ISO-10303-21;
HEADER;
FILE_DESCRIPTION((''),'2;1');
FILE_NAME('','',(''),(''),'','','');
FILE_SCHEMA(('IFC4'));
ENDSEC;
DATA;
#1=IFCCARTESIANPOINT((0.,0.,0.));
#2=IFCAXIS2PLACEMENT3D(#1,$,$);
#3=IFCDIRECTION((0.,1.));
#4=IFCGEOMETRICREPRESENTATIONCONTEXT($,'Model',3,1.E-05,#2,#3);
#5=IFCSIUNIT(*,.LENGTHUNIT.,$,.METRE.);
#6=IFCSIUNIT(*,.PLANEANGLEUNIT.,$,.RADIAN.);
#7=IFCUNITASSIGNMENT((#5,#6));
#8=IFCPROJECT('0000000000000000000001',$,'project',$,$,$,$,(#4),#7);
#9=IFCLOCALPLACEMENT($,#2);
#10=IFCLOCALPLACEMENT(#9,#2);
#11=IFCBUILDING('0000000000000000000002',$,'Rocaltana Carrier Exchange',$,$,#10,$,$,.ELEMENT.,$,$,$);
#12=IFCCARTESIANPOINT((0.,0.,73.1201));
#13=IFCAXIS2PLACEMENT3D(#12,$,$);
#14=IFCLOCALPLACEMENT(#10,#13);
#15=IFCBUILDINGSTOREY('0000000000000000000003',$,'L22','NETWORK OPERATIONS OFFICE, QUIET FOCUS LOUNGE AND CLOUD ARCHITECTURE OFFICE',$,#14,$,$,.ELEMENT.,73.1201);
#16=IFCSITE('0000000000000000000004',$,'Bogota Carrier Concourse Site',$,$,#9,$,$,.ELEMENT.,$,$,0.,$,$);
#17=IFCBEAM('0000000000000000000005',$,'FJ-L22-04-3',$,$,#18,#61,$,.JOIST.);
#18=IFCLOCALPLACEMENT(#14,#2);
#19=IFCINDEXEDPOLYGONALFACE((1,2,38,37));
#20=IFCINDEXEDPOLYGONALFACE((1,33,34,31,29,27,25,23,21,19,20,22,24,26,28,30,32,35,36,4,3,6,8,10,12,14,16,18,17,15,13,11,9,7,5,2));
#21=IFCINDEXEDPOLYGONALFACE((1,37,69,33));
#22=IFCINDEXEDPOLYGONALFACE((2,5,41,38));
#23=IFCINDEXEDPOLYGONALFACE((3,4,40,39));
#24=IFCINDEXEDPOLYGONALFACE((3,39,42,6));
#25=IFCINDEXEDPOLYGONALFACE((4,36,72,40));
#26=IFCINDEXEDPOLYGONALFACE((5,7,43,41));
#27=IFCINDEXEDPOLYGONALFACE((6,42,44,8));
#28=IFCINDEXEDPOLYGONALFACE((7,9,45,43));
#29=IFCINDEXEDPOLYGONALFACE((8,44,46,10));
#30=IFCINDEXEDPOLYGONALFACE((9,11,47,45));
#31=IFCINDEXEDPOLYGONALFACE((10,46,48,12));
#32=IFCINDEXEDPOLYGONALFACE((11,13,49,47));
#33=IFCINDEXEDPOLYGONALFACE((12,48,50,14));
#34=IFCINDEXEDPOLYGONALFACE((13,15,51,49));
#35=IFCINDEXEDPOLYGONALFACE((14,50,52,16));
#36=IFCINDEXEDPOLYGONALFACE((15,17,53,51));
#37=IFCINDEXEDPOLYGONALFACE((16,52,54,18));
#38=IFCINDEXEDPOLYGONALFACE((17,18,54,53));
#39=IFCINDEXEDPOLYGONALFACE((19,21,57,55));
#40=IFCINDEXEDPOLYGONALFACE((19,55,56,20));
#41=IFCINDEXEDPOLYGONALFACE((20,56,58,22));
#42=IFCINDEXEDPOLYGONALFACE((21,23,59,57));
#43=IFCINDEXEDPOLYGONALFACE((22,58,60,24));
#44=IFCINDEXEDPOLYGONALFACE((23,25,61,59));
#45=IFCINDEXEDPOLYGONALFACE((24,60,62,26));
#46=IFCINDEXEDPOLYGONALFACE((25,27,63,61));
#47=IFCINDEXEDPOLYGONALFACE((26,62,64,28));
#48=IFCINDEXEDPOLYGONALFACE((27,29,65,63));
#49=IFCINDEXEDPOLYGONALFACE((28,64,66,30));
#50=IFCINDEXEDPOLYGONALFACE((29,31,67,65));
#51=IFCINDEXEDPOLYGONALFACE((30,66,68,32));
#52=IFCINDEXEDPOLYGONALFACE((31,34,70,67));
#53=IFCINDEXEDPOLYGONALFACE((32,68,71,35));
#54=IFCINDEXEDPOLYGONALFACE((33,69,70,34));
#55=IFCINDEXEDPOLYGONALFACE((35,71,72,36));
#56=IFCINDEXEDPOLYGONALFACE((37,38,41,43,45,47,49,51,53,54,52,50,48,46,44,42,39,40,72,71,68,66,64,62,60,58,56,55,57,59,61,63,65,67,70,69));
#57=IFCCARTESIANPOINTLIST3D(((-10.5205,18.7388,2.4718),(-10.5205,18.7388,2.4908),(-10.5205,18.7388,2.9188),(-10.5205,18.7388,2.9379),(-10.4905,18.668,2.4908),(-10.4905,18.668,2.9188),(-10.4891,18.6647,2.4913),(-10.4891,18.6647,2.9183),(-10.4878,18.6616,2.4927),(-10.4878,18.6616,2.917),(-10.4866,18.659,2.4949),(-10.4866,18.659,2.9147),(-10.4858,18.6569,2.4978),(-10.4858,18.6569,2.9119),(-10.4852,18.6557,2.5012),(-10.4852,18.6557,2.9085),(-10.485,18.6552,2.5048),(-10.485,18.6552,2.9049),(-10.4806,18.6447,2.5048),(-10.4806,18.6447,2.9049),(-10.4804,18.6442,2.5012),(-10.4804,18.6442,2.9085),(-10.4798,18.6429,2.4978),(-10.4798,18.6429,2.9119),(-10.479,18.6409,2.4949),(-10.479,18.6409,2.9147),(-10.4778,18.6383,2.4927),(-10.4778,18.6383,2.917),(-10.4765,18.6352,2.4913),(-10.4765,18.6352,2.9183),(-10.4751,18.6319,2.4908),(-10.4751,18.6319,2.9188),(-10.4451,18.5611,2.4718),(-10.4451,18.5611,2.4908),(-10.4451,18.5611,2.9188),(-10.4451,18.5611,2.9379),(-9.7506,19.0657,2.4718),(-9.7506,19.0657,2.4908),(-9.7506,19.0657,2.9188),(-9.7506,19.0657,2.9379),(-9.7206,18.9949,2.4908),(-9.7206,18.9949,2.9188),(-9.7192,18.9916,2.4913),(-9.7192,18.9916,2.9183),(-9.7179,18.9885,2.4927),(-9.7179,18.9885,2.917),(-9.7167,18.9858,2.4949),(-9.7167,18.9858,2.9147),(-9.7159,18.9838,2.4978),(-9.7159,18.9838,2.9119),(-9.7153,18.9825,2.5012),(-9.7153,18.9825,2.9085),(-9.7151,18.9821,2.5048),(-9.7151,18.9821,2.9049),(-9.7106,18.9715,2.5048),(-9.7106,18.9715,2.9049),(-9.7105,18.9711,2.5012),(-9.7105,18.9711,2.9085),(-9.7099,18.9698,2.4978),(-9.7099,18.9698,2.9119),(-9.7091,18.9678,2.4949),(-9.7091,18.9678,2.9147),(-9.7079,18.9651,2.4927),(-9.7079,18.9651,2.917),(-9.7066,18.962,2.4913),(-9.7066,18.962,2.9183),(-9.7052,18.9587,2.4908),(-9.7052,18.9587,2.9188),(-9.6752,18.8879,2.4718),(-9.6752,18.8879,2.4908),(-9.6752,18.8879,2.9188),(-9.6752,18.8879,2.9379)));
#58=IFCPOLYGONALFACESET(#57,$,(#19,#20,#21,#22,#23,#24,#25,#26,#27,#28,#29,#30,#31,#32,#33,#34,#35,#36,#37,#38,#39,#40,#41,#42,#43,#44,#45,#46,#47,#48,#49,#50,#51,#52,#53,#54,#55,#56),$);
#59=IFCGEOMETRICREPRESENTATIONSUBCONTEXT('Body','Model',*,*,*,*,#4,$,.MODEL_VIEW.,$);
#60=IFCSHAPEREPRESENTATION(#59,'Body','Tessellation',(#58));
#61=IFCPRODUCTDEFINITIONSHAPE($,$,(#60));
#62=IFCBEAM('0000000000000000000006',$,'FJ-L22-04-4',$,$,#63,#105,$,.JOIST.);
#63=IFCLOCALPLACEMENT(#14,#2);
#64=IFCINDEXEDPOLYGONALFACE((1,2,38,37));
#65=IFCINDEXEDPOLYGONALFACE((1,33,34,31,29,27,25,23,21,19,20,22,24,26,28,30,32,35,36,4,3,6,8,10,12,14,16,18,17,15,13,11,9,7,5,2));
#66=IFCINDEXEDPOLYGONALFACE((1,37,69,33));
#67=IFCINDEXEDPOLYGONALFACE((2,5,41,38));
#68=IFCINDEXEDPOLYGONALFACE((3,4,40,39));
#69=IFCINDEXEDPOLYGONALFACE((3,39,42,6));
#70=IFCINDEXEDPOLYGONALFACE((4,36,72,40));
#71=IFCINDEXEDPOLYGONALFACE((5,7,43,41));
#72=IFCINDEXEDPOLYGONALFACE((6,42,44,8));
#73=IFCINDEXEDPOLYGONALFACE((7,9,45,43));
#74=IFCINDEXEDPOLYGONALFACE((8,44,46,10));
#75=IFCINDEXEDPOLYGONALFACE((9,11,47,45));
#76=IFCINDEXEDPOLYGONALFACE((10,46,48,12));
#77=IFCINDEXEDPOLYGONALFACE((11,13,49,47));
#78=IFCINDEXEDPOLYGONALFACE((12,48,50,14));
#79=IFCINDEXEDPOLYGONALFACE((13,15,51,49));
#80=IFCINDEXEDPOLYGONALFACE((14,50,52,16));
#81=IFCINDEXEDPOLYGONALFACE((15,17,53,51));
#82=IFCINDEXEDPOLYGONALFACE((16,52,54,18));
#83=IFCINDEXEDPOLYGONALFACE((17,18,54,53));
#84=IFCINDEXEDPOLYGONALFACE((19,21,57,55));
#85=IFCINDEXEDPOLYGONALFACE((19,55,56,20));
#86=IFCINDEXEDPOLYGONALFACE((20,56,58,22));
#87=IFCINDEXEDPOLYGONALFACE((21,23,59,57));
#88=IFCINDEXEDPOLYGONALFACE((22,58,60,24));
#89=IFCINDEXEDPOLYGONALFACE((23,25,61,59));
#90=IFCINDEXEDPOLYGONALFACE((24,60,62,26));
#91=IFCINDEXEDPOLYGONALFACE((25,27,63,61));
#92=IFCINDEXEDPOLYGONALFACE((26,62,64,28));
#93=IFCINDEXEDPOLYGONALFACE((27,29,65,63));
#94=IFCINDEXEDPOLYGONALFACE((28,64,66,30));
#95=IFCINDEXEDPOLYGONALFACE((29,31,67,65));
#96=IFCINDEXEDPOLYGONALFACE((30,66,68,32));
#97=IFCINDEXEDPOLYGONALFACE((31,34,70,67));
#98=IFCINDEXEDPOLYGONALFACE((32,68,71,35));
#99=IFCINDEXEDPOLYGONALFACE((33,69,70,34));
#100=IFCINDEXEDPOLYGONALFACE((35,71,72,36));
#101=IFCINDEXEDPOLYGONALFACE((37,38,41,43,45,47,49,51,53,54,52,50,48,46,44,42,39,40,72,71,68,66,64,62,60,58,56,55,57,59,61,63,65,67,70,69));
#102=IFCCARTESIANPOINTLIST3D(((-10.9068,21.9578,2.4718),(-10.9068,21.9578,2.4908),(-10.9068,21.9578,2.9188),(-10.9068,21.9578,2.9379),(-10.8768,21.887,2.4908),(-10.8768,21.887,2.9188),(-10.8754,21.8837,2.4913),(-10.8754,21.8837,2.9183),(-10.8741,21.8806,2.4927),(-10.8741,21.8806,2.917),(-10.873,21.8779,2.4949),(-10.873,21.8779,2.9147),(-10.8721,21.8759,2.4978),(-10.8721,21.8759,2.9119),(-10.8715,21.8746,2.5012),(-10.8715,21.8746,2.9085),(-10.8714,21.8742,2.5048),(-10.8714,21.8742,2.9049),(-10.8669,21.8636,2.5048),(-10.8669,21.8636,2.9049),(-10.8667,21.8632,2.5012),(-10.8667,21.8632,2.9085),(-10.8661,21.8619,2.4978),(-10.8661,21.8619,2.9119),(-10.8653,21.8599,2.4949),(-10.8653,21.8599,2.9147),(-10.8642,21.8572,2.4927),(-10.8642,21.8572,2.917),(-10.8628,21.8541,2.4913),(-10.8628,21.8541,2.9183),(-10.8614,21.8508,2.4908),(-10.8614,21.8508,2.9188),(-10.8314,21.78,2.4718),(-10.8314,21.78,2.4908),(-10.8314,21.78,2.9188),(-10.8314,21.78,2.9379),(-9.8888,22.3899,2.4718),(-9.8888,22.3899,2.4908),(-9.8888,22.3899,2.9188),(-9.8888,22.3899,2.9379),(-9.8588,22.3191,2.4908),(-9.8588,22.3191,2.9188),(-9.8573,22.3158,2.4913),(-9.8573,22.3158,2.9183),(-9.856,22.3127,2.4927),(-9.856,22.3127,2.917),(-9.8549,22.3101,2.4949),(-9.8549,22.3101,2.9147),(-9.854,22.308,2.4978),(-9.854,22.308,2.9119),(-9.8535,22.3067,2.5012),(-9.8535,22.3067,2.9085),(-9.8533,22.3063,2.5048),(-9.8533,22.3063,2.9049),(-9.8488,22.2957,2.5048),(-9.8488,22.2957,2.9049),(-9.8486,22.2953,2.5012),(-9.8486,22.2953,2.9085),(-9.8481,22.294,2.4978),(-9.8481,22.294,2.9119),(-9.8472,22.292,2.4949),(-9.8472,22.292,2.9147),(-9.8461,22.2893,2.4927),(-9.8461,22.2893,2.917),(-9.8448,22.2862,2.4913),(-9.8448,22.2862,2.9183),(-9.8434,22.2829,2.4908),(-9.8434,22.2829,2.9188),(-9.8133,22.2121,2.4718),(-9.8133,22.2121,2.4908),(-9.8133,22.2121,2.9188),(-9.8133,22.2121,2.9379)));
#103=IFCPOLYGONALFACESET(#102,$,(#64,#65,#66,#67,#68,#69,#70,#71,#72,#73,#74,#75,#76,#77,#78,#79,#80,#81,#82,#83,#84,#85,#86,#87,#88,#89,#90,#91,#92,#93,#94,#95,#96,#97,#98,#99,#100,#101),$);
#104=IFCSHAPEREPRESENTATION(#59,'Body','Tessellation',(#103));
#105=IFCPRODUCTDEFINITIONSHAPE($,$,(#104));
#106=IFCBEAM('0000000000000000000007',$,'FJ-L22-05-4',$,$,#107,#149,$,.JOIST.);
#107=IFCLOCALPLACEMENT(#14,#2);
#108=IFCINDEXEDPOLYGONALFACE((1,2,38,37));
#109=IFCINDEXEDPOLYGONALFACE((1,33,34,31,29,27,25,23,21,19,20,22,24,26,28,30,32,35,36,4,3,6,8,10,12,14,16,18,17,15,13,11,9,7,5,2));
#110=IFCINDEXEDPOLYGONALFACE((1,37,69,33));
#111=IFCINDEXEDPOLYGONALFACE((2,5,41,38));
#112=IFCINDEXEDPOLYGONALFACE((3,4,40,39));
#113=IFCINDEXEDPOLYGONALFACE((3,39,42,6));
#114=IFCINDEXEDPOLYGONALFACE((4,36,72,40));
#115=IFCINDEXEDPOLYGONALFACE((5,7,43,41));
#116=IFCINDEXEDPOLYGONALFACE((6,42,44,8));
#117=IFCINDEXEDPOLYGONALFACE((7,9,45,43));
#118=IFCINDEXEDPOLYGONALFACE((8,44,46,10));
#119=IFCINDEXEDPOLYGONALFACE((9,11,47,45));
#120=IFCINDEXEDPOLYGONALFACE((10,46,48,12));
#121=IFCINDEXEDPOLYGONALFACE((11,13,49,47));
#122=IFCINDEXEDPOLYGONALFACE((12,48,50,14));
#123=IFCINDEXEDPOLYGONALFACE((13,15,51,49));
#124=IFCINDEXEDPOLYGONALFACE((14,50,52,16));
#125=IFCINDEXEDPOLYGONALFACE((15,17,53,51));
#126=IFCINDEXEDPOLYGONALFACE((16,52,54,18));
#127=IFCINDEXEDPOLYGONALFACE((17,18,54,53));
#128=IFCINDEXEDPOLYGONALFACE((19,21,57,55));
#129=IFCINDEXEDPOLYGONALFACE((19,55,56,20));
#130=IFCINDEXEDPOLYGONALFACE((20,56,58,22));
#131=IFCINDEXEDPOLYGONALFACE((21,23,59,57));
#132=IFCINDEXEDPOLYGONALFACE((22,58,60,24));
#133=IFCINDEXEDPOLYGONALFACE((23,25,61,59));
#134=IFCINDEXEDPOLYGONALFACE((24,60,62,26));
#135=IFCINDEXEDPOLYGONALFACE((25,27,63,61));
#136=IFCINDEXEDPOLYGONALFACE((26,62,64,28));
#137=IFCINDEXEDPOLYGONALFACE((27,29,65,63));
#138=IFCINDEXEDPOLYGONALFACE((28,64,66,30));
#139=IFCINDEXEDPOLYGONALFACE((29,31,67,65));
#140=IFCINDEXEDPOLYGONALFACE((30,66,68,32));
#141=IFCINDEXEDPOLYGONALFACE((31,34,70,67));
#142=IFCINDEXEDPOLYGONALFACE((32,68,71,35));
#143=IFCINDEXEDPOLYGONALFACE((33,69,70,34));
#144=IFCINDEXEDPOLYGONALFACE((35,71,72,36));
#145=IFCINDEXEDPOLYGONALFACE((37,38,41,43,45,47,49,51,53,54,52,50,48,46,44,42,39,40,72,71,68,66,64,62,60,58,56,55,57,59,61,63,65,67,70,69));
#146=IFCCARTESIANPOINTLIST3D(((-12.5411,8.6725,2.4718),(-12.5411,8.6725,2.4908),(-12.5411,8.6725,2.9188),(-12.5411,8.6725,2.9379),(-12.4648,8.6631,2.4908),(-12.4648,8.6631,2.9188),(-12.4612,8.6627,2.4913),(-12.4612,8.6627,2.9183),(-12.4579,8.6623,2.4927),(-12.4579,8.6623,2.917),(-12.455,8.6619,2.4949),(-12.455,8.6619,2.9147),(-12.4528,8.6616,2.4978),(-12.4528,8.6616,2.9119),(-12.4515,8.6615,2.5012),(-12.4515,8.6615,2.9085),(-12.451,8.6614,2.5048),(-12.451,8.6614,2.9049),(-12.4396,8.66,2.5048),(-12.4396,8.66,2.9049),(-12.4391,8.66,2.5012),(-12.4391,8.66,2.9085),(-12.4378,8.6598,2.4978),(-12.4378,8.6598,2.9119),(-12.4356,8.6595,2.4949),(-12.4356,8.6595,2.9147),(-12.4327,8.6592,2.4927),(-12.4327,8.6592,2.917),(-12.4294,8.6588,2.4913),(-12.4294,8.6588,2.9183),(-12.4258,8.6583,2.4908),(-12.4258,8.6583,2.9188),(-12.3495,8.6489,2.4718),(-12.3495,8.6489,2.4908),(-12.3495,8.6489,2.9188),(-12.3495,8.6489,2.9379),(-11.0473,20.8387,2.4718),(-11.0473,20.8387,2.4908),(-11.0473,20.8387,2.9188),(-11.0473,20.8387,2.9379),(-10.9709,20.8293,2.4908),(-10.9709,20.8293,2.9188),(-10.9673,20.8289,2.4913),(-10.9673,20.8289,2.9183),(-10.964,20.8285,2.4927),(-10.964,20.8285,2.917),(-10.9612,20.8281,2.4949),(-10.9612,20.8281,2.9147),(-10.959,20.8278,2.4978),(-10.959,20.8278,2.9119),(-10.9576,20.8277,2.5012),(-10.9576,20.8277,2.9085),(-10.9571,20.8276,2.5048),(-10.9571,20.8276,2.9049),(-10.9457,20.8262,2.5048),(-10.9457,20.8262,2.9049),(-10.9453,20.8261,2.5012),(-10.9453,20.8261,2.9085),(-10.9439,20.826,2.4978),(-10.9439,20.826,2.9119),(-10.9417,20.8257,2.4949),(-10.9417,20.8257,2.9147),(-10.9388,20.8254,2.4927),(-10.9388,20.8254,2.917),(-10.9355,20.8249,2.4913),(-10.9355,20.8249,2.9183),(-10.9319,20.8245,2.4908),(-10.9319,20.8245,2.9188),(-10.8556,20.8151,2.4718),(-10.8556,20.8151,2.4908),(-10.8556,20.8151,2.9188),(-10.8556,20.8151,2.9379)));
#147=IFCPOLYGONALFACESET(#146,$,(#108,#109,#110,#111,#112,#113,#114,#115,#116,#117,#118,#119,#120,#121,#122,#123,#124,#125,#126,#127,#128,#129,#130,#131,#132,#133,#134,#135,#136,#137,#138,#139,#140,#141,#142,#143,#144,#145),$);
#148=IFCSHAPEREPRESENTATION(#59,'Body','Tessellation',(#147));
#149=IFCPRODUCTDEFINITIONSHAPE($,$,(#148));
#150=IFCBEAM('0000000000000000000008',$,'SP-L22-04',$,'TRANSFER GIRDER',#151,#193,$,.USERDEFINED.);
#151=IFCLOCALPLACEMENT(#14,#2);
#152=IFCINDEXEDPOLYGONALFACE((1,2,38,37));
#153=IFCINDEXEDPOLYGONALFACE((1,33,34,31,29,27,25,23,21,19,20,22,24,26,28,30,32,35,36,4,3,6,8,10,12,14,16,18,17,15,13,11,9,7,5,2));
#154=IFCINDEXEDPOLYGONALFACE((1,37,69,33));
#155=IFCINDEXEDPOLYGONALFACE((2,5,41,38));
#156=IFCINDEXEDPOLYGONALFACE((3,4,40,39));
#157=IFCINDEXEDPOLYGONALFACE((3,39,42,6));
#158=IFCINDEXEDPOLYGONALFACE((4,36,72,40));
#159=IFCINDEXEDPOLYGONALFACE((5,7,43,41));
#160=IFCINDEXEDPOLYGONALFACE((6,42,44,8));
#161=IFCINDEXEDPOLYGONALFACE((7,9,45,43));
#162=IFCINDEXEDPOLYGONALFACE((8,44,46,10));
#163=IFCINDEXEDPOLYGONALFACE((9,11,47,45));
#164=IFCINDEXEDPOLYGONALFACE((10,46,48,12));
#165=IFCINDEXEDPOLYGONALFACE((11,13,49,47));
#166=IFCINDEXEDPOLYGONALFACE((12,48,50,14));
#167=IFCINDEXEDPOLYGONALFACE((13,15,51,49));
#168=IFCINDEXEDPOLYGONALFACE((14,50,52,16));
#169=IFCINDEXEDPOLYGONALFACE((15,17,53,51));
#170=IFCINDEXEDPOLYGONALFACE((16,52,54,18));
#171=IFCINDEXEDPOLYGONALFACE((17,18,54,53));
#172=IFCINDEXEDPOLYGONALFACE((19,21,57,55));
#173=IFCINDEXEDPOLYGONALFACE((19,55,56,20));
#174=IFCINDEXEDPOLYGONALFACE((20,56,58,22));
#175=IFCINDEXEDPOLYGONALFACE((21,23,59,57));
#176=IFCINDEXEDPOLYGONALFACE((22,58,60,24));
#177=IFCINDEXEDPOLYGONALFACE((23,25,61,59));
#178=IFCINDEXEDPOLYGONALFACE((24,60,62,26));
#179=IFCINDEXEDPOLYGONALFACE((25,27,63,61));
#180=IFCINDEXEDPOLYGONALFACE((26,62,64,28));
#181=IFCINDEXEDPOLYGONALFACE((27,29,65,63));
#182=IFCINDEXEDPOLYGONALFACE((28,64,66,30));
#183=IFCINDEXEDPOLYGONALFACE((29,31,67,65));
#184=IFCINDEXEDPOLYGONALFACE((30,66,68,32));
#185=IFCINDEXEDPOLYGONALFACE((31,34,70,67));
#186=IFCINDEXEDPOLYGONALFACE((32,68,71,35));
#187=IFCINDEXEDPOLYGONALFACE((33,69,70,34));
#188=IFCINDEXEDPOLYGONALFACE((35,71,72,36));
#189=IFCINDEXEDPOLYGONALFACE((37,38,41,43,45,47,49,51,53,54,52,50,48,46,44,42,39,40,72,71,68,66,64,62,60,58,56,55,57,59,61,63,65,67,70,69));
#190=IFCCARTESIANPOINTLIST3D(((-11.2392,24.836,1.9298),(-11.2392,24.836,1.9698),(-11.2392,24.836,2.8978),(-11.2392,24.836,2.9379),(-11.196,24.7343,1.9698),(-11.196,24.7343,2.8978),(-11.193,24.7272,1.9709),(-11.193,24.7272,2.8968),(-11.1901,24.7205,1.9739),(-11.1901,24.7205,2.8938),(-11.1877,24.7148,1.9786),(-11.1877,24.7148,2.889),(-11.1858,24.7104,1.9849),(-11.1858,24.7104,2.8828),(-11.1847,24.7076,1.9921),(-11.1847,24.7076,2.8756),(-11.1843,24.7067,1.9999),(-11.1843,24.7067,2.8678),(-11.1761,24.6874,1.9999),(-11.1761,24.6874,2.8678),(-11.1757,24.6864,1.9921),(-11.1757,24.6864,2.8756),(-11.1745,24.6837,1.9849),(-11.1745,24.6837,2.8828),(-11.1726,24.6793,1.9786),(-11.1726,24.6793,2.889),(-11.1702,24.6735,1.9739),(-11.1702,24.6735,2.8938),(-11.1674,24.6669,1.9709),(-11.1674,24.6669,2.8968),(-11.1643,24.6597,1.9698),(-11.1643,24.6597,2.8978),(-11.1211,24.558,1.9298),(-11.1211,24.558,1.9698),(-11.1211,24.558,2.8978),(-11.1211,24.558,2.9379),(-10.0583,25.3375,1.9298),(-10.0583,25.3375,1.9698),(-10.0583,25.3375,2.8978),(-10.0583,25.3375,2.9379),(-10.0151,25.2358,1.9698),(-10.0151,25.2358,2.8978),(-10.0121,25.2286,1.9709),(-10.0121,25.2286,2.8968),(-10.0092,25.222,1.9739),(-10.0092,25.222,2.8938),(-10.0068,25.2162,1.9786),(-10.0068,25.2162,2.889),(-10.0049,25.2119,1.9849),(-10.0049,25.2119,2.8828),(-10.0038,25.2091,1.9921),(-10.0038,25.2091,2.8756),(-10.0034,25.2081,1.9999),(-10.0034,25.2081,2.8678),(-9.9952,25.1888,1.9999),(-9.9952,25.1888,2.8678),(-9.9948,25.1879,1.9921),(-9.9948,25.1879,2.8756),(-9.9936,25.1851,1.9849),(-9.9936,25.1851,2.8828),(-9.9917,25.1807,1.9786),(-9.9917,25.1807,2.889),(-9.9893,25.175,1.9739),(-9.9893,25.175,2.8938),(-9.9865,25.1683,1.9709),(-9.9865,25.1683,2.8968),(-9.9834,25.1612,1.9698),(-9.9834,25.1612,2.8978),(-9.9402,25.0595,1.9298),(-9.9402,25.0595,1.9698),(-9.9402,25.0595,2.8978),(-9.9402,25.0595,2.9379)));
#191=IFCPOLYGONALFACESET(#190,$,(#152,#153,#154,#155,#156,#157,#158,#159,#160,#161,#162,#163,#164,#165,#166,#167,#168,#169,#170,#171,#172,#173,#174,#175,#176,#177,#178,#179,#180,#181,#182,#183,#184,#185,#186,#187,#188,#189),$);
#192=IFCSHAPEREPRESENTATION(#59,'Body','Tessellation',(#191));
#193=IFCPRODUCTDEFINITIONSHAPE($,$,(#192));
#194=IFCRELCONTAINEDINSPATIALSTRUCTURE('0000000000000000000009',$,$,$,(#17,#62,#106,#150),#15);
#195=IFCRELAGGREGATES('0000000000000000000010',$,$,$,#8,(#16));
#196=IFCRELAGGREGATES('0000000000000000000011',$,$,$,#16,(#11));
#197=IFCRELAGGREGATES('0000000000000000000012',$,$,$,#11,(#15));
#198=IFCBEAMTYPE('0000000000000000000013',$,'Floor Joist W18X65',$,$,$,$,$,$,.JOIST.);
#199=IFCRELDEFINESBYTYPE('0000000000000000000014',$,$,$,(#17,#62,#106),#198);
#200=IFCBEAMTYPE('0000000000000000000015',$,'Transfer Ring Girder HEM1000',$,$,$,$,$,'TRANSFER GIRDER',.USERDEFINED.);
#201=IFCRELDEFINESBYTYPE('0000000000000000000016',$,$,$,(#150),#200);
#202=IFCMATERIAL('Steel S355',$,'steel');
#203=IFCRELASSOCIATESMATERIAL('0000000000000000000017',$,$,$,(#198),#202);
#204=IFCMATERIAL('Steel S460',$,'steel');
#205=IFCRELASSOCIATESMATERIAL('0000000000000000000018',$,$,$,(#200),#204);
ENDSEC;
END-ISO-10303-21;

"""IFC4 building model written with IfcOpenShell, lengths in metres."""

from ifc_helpers import new_model, si_unit, direction, frame, origin, origin_2d, place, context, subcontext, project, spatial, i_section, extrude, material, material_profile, profile_set, type_object, element, save


model = new_model("IFC4")

# Units and contexts
model_context = context("Model", 3, precision=1e-05, world=origin(), true_north=direction((0.0, 1.0)))
body_context = subcontext(model_context, "Body", "Model", "MODEL_VIEW")
ifc_project = project(units=[si_unit("LENGTHUNIT", "METRE"), si_unit("PLANEANGLEUNIT", "RADIAN")], contexts=[model_context])

# Site, building, storey
site_placement = place(None, origin())
site = spatial("IfcSite", under=ifc_project, at=site_placement, Name="Bogota Carrier Concourse Site", CompositionType="ELEMENT", RefElevation=0.0)
building_placement = place(site_placement, origin())
building = spatial("IfcBuilding", under=site, at=building_placement, Name="Rocaltana Carrier Exchange", CompositionType="ELEMENT")
storey_placement = place(building_placement, frame((0.0, 0.0, 73.1201)))
storey = spatial("IfcBuildingStorey", under=building, at=storey_placement, Name="L22", Description="NETWORK OPERATIONS OFFICE, QUIET FOCUS LOUNGE AND CLOUD ARCHITECTURE OFFICE", CompositionType="ELEMENT", Elevation=73.1201)

# Beams
ifc_material_1 = material(Name="Steel S355", Category="steel")
ifc_material_profile_1 = material_profile(ifc_material_1, i_section(OverallWidth=0.1931, OverallDepth=0.4661, WebThickness=0.0115, FlangeThickness=0.019, FilletRadius=0.0139, at=origin_2d()), Name="W18X65")
ifc_profile_set_1 = profile_set([ifc_material_profile_1], Name="Steel S355")
beam_type_1 = type_object("IfcBeamType", Name="Floor Joist W18X65", PredefinedType="JOIST", material=ifc_profile_set_1)
beam_1_placement = place(storey_placement, frame((-9.7129, 18.9768, 2.7048), z_axis=(-0.920483, -0.390782, 0.0), x_axis=(0.390782, -0.920483, 0.0)))
element("IfcBeam", 1, at=beam_1_placement, inside=storey, type_object=beam_type_1, Name="FJ-L22-04-3", PredefinedType="JOIST", context=body_context, shape_type="SweptSolid", body=[
    extrude(i_section(OverallWidth=0.1931, OverallDepth=0.4661, WebThickness=0.0115, FlangeThickness=0.019, FilletRadius=0.0139, at=origin_2d()), origin(), (0.0, 0.0, 1.0), 0.8364),
])
beam_2_placement = place(storey_placement, frame((-9.8511, 22.301, 2.7048), z_axis=(-0.92051, -0.39072, 0.0), x_axis=(0.39072, -0.92051, 0.0)))
element("IfcBeam", 2, at=beam_2_placement, inside=storey, type_object=beam_type_1, Name="FJ-L22-04-4", PredefinedType="JOIST", context=body_context, shape_type="SweptSolid", body=[
    extrude(i_section(OverallWidth=0.1931, OverallDepth=0.4661, WebThickness=0.0115, FlangeThickness=0.019, FilletRadius=0.0139, at=origin_2d()), origin(), (0.0, 0.0, 1.0), 1.106),
])
beam_3_placement = place(storey_placement, frame((-10.9514, 20.8269, 2.7048), z_axis=(-0.121875, -0.992545, 0.0), x_axis=(0.992545, -0.121875, 0.0)))
element("IfcBeam", 3, at=beam_3_placement, inside=storey, type_object=beam_type_1, Name="FJ-L22-05-4", PredefinedType="JOIST", context=body_context, shape_type="SweptSolid", body=[
    extrude(i_section(OverallWidth=0.1931, OverallDepth=0.4661, WebThickness=0.0115, FlangeThickness=0.019, FilletRadius=0.0139, at=origin_2d()), origin(), (0.0, 0.0, 1.0), 12.2576),
])
ifc_material_2 = material(Name="Steel S460", Category="steel")
ifc_material_profile_2 = material_profile(ifc_material_2, i_section(OverallWidth=0.302, OverallDepth=1.0081, WebThickness=0.021, FlangeThickness=0.04, FilletRadius=0.03, at=origin_2d()), Name="HEM1000")
ifc_profile_set_2 = profile_set([ifc_material_profile_2], Name="Steel S460")
beam_type_2 = type_object("IfcBeamType", Name="Transfer Ring Girder HEM1000", ElementType="TRANSFER GIRDER", PredefinedType="USERDEFINED", material=ifc_profile_set_2)
beam_4_placement = place(storey_placement, frame((-9.9993, 25.1985, 2.4338), z_axis=(-0.920449, -0.390863, 0.0), x_axis=(0.390863, -0.920449, 0.0)))
element("IfcBeam", 4, at=beam_4_placement, inside=storey, type_object=beam_type_2, Name="SP-L22-04", ObjectType="TRANSFER GIRDER", PredefinedType="USERDEFINED", context=body_context, shape_type="SweptSolid", body=[
    extrude(i_section(OverallWidth=0.302, OverallDepth=1.0081, WebThickness=0.021, FlangeThickness=0.04, FilletRadius=0.03, at=origin_2d()), origin(), (0.0, 0.0, 1.0), 1.283),
])

save(model, "model.ifc")
